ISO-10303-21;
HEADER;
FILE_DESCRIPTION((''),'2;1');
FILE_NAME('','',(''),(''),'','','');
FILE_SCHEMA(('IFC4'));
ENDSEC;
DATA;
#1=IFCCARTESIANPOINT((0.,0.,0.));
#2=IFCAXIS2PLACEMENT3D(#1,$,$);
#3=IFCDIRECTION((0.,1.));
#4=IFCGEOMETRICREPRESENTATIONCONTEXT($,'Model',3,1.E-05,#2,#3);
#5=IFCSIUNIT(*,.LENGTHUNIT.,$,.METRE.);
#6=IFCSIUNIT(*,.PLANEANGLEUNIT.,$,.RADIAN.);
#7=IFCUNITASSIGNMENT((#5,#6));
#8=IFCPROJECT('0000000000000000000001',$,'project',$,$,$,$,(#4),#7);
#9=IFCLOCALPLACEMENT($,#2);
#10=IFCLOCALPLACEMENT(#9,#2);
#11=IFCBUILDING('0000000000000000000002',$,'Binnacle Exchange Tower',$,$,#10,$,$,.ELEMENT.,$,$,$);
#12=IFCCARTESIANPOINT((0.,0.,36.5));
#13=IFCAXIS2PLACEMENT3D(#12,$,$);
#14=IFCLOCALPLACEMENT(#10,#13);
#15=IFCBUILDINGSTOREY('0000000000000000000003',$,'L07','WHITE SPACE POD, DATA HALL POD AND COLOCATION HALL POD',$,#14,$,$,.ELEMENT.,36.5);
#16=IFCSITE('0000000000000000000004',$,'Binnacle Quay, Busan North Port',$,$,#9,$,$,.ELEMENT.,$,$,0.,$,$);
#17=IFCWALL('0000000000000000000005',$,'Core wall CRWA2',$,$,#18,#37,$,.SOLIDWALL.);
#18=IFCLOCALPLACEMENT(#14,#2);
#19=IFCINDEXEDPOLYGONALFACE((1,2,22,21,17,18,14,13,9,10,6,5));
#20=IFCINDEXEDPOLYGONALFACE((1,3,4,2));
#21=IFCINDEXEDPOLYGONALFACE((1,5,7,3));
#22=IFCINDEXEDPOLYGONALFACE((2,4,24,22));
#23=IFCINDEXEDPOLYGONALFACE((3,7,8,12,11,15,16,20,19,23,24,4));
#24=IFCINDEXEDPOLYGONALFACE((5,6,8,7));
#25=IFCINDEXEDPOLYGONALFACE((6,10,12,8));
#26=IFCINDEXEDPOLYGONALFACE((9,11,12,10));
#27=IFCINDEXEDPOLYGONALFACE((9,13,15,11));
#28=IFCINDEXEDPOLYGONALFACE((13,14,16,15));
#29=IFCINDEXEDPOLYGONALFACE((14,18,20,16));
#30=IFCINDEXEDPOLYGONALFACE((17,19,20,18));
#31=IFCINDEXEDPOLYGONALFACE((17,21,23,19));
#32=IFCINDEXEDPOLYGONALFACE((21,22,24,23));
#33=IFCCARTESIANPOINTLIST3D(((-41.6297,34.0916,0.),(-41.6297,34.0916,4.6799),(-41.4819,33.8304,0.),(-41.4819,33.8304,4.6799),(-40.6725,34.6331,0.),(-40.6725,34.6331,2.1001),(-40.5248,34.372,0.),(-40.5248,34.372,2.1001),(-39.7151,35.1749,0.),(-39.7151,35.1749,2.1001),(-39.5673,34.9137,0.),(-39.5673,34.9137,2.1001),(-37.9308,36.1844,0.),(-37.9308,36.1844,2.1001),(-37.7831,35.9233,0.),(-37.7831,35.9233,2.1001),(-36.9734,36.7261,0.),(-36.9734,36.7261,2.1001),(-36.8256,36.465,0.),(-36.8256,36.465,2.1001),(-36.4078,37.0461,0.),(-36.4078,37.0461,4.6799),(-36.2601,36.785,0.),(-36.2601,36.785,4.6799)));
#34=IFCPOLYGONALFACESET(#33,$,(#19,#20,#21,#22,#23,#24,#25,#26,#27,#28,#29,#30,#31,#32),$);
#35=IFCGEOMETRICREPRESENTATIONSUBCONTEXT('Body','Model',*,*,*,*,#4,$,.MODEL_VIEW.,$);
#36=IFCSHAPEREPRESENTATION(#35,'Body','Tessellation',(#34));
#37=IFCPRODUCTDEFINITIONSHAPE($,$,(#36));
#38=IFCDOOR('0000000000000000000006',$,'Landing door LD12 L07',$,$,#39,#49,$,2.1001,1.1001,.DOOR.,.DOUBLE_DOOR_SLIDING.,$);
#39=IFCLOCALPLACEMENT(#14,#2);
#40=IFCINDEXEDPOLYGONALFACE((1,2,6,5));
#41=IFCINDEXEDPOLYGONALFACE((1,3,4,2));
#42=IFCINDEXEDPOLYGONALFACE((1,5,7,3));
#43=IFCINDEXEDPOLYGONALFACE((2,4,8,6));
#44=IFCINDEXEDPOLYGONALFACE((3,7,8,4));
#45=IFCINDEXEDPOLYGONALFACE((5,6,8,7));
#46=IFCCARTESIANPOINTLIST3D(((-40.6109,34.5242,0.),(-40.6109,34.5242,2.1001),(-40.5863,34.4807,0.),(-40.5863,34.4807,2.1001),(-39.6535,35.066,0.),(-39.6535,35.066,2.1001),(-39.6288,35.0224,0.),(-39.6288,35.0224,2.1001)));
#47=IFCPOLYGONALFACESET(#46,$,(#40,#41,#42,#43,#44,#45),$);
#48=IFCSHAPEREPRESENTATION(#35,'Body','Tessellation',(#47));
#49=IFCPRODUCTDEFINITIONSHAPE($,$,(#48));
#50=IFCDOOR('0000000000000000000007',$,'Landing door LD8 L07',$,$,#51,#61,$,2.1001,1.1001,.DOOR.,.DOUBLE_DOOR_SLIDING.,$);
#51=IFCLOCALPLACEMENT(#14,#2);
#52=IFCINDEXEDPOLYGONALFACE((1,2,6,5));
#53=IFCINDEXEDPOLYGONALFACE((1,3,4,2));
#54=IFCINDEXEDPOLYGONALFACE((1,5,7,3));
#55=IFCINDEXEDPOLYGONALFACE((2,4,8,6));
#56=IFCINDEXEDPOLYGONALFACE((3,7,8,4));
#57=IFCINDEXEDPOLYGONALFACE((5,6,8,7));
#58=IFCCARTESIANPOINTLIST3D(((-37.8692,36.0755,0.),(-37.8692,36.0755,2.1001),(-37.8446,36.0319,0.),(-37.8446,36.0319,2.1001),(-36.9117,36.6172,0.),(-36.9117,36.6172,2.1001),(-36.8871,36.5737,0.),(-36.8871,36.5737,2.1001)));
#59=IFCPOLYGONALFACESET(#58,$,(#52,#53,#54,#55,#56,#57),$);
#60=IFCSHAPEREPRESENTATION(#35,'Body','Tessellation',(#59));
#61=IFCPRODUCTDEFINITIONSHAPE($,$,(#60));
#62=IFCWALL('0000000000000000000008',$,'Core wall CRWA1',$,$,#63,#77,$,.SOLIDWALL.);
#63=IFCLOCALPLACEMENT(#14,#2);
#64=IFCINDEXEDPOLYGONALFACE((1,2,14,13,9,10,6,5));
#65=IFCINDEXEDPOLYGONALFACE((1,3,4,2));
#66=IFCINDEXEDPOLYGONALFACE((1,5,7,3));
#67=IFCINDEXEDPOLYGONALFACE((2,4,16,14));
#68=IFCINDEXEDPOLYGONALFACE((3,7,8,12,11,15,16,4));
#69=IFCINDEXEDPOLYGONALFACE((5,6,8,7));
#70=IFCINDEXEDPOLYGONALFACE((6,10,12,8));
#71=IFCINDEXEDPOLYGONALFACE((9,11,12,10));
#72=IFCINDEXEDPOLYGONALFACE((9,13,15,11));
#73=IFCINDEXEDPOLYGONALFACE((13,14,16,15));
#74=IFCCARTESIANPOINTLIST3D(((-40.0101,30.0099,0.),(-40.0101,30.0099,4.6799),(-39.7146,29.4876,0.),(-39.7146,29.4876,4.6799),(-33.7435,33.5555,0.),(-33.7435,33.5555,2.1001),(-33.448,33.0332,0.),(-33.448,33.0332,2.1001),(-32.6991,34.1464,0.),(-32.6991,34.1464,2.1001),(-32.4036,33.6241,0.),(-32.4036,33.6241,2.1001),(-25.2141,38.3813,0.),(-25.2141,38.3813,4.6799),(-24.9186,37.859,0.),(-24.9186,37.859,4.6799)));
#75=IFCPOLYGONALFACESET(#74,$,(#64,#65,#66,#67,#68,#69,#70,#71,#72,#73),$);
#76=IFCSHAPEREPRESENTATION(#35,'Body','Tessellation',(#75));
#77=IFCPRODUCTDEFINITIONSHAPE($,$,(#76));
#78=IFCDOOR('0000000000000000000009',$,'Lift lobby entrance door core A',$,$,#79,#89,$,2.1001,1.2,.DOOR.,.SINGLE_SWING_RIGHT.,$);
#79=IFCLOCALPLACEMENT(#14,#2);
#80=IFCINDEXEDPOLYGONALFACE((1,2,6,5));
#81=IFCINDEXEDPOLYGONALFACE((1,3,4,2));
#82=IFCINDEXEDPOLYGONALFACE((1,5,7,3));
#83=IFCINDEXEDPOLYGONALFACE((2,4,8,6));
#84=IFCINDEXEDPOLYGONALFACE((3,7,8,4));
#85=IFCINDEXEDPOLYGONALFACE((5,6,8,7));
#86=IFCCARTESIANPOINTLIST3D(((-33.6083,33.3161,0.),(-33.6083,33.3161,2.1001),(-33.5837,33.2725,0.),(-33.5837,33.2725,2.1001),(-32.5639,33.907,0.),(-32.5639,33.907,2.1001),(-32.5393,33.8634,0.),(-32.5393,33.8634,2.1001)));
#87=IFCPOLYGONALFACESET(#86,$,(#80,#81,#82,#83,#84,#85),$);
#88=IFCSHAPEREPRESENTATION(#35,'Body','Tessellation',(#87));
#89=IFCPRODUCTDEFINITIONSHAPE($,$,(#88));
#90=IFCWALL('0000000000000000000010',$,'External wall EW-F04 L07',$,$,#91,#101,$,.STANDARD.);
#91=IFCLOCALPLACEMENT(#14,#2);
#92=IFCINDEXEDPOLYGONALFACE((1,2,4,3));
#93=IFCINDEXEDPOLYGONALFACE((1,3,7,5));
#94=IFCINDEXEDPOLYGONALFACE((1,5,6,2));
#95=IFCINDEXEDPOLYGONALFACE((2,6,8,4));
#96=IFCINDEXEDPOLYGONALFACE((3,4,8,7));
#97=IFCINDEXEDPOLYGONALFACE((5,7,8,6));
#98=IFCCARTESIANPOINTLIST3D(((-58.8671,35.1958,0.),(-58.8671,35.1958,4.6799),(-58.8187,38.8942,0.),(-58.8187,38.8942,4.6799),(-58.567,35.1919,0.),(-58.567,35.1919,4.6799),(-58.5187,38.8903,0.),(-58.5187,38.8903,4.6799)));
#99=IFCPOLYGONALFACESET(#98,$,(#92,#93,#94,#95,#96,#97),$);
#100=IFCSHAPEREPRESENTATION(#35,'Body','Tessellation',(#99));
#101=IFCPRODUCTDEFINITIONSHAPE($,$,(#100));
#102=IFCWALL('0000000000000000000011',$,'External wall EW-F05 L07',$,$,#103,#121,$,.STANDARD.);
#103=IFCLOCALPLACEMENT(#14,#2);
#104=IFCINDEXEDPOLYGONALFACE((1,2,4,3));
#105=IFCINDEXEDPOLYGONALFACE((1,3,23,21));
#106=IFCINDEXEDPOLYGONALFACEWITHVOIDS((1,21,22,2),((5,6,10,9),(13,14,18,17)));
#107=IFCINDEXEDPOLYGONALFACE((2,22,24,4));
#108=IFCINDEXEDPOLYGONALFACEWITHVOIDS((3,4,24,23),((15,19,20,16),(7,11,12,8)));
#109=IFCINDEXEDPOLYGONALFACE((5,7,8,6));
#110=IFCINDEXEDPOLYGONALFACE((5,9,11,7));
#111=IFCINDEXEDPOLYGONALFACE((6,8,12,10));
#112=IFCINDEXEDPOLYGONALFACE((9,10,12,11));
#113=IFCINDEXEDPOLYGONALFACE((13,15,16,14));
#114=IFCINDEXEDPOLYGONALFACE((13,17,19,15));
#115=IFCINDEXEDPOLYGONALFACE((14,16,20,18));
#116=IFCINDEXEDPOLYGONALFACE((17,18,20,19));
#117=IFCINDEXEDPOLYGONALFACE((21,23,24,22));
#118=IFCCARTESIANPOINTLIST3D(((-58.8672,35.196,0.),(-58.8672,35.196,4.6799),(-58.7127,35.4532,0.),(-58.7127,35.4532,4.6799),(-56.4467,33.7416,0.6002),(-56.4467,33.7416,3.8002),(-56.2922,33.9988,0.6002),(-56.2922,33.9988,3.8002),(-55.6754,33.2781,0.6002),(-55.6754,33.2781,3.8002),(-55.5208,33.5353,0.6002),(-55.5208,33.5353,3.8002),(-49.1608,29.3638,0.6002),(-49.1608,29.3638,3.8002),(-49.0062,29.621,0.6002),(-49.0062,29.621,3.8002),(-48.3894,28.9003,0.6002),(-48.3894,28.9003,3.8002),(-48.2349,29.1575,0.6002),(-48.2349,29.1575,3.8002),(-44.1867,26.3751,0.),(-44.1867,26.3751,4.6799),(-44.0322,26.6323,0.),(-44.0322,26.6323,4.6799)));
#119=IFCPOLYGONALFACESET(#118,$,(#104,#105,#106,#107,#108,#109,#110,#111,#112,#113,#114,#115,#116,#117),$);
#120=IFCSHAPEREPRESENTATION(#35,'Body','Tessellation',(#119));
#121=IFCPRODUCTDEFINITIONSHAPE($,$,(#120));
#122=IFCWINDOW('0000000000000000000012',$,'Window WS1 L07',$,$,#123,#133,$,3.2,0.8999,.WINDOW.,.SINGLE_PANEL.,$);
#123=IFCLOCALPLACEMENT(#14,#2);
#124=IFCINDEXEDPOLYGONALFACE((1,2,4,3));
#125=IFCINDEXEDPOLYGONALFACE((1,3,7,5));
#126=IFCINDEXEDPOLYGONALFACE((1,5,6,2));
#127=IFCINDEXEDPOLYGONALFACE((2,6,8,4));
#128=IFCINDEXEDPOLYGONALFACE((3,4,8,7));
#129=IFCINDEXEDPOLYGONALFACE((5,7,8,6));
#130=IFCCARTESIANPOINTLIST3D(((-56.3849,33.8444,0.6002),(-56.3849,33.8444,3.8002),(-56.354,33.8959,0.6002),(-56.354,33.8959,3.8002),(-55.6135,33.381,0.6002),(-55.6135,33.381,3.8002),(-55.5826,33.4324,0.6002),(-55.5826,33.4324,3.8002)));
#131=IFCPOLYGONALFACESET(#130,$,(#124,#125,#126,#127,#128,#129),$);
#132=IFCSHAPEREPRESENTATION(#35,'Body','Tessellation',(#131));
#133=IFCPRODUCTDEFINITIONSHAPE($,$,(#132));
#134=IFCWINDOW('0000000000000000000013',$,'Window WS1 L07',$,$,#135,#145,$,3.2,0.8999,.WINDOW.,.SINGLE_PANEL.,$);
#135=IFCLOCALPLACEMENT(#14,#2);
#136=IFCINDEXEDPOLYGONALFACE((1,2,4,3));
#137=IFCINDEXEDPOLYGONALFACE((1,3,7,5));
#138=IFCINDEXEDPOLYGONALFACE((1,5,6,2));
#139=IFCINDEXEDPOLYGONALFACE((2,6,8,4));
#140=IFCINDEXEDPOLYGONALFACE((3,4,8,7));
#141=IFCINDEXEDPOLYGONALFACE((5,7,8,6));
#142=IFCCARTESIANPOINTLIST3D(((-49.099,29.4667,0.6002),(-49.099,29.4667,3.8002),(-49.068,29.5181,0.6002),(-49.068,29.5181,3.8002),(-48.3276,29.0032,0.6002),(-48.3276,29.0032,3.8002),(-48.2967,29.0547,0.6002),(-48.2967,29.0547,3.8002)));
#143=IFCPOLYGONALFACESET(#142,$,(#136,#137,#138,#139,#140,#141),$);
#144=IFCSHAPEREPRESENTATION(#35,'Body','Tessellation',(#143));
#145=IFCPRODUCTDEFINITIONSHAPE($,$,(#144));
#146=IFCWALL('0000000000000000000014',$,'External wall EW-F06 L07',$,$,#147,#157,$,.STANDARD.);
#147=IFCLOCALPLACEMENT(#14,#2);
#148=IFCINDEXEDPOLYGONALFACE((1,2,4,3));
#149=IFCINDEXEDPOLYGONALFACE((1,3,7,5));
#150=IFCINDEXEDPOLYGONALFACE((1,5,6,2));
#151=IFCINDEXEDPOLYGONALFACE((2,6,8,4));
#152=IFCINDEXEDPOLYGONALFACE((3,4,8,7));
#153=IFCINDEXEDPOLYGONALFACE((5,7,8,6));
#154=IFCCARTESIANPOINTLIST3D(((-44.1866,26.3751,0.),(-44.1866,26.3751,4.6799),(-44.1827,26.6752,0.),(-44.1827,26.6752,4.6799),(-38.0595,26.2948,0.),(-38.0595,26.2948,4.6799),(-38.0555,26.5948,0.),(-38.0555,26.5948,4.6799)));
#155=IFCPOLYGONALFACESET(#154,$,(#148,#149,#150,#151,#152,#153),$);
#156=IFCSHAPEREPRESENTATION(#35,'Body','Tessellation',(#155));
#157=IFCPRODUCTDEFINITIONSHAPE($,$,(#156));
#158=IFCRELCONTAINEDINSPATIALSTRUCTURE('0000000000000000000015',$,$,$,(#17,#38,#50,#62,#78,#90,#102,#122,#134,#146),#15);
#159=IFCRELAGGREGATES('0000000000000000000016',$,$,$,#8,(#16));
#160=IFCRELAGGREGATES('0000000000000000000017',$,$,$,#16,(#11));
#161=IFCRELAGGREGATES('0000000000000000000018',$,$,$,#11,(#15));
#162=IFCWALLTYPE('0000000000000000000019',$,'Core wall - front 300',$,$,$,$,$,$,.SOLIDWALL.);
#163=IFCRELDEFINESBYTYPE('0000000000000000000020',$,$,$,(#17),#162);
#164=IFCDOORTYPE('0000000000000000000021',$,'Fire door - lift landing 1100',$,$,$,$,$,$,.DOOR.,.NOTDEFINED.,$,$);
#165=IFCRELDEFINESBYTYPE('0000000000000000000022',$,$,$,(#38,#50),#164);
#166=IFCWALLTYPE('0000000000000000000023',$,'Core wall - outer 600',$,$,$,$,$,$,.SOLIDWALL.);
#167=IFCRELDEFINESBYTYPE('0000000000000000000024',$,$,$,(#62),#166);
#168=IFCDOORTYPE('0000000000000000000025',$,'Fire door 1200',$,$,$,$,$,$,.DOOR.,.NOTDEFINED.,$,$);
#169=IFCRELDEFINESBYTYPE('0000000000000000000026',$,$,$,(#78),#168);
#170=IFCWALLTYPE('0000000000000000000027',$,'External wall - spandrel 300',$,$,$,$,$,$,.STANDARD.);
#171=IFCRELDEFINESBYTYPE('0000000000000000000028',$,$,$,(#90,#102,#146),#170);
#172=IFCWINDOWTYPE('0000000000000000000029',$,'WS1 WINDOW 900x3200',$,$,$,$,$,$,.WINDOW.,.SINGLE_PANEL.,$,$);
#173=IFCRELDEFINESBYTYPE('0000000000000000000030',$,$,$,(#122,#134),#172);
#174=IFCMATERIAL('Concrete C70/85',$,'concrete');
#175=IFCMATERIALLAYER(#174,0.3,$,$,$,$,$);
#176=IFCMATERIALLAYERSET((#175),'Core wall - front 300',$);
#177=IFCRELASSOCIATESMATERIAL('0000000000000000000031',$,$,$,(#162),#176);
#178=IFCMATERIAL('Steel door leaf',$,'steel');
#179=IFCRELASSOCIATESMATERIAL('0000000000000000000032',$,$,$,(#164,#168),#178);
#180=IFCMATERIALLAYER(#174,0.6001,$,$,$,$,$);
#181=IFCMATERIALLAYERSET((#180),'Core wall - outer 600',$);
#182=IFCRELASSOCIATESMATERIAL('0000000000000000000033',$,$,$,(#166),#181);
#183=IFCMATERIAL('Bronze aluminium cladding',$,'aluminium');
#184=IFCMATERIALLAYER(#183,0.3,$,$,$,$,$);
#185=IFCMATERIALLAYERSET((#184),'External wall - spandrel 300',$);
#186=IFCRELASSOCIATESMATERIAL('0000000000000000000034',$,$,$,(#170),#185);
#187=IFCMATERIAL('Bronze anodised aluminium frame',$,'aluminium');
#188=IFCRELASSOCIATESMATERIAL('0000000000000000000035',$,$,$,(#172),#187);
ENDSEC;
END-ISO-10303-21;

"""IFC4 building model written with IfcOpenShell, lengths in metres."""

from ifc_helpers import new_model, si_unit, direction, frame, frame_2d, origin, place, context, subcontext, project, spatial, rectangle, extrude, material, layer, layer_set, type_object, element, fill, save


model = new_model("IFC4")

# Units and contexts
model_context = context("Model", 3, precision=1e-05, world=origin(), true_north=direction((0.0, 1.0)))
body_context = subcontext(model_context, "Body", "Model", "MODEL_VIEW")
ifc_project = project(units=[si_unit("LENGTHUNIT", "METRE"), si_unit("PLANEANGLEUNIT", "RADIAN")], contexts=[model_context])

# Site, building, storey
site_placement = place(None, origin())
site = spatial("IfcSite", under=ifc_project, at=site_placement, Name="Binnacle Quay, Busan North Port", CompositionType="ELEMENT", RefElevation=0.0)
building_placement = place(site_placement, origin())
building = spatial("IfcBuilding", under=site, at=building_placement, Name="Binnacle Exchange Tower", CompositionType="ELEMENT")
storey_placement = place(building_placement, frame((0.0, 0.0, 36.5)))
storey = spatial("IfcBuildingStorey", under=building, at=storey_placement, Name="L07", Description="WHITE SPACE POD, DATA HALL POD AND COLOCATION HALL POD", CompositionType="ELEMENT", Elevation=36.5)

# Shared definitions
ifc_material_1 = material(Name="Concrete C70/85", Category="concrete")

# Wall, openings, doors
ifc_layer_1 = layer(ifc_material_1, 0.3)
ifc_layer_set_1 = layer_set([ifc_layer_1], Name="Core wall - front 300")
wall_type_1 = type_object("IfcWallType", Name="Core wall - front 300", PredefinedType="SOLIDWALL", material=ifc_layer_set_1)
wall_1_placement = place(storey_placement, frame((-41.5559, 33.9609, 0.0), z_axis=(0.0, 0.0, 1.0), x_axis=(0.870344, 0.492445, 0.0)))
wall_1 = element("IfcWall", 1, at=wall_1_placement, inside=storey, type_object=wall_type_1, Name="Core wall CRWA2", PredefinedType="SOLIDWALL", context=body_context, shape_type="SweptSolid", body=[
    extrude(rectangle(XDim=5.9998, YDim=0.3, at=frame_2d((3.0, 0.0))), origin(), (0.0, 0.0, 1.0), 4.6799),
])
opening_1_placement = place(wall_1_placement, frame((1.0999, 0.0, 0.0)))
opening_1 = element("IfcOpeningElement", 2, at=opening_1_placement, cuts=wall_1, PredefinedType="OPENING", context=body_context, shape_type="SweptSolid", body=[
    extrude(rectangle(XDim=1.1001, YDim=2.1001, at=frame_2d((0.55, 1.05))), frame((0.0, 0.1599, 0.0), z_axis=(0.0, -1.0, 0.0), x_axis=(1.0, 0.0, 0.0)), (0.0, 0.0, 1.0), 0.3201),
])
opening_2_placement = place(wall_1_placement, frame((4.25, 0.0, 0.0)))
opening_2 = element("IfcOpeningElement", 3, at=opening_2_placement, cuts=wall_1, PredefinedType="OPENING", context=body_context, shape_type="SweptSolid", body=[
    extrude(rectangle(XDim=1.1001, YDim=2.1001, at=frame_2d((0.55, 1.05))), frame((0.0, 0.1599, 0.0), z_axis=(0.0, -1.0, 0.0), x_axis=(1.0, 0.0, 0.0)), (0.0, 0.0, 1.0), 0.3201),
])
ifc_material_2 = material(Name="Steel door leaf", Category="steel")
door_type_1 = type_object("IfcDoorType", Name="Fire door - lift landing 1100", OperationType="NOTDEFINED", PredefinedType="DOOR", material=ifc_material_2)
door_1_placement = place(opening_1_placement, origin())
door_1 = element("IfcDoor", 4, at=door_1_placement, inside=storey, type_object=door_type_1, Name="Landing door LD12 L07", OperationType="DOUBLE_DOOR_SLIDING", OverallHeight=2.1001, OverallWidth=1.1001, PredefinedType="DOOR", context=body_context, shape_type="SweptSolid", body=[
    extrude(rectangle(XDim=1.1001, YDim=2.1001, at=frame_2d((0.55, 1.05))), frame((0.0, 0.0249, 0.0), z_axis=(0.0, -1.0, 0.0), x_axis=(1.0, 0.0, 0.0)), (0.0, 0.0, 1.0), 0.05),
])
fill(opening_1, door_1)
door_2_placement = place(opening_2_placement, origin())
door_2 = element("IfcDoor", 5, at=door_2_placement, inside=storey, type_object=door_type_1, Name="Landing door LD8 L07", OperationType="DOUBLE_DOOR_SLIDING", OverallHeight=2.1001, OverallWidth=1.1001, PredefinedType="DOOR", context=body_context, shape_type="SweptSolid", body=[
    extrude(rectangle(XDim=1.1001, YDim=2.1001, at=frame_2d((0.55, 1.05))), frame((0.0, 0.0249, 0.0), z_axis=(0.0, -1.0, 0.0), x_axis=(1.0, 0.0, 0.0)), (0.0, 0.0, 1.0), 0.05),
])
fill(opening_2, door_2)

# Wall, opening, door
ifc_layer_2 = layer(ifc_material_1, 0.6001)
ifc_layer_set_2 = layer_set([ifc_layer_2], Name="Core wall - outer 600")
wall_type_2 = type_object("IfcWallType", Name="Core wall - outer 600", PredefinedType="SOLIDWALL", material=ifc_layer_set_2)
wall_2_placement = place(storey_placement, frame((-39.8623, 29.7488, 0.0), z_axis=(0.0, 0.0, 1.0), x_axis=(0.87035, 0.492433, 0.0)))
wall_2 = element("IfcWall", 6, at=wall_2_placement, inside=storey, type_object=wall_type_2, Name="Core wall CRWA1", PredefinedType="SOLIDWALL", context=body_context, shape_type="SweptSolid", body=[
    extrude(rectangle(XDim=17.0, YDim=0.6001, at=frame_2d((8.5, 0.0))), origin(), (0.0, 0.0, 1.0), 4.6799),
])
opening_3_placement = place(wall_2_placement, frame((7.2, 0.0, 0.0)))
opening_3 = element("IfcOpeningElement", 7, at=opening_3_placement, cuts=wall_2, PredefinedType="OPENING", context=body_context, shape_type="SweptSolid", body=[
    extrude(rectangle(XDim=1.2, YDim=2.1001, at=frame_2d((0.6001, 1.05))), frame((0.0, 0.3101, 0.0), z_axis=(0.0, -1.0, 0.0), x_axis=(1.0, 0.0, 0.0)), (0.0, 0.0, 1.0), 0.6201),
])
door_type_2 = type_object("IfcDoorType", Name="Fire door 1200", OperationType="NOTDEFINED", PredefinedType="DOOR", material=ifc_material_2)
door_3_placement = place(opening_3_placement, frame((1.2, 0.0, 0.0), z_axis=(0.0, 0.0, 1.0), x_axis=(-1.0, 0.0, 0.0)))
door_3 = element("IfcDoor", 8, at=door_3_placement, inside=storey, type_object=door_type_2, Name="Lift lobby entrance door core A", OperationType="SINGLE_SWING_RIGHT", OverallHeight=2.1001, OverallWidth=1.2, PredefinedType="DOOR", context=body_context, shape_type="SweptSolid", body=[
    extrude(rectangle(XDim=1.2, YDim=2.1001, at=frame_2d((0.6001, 1.05))), frame((0.0, 0.0249, 0.0), z_axis=(0.0, -1.0, 0.0), x_axis=(1.0, 0.0, 0.0)), (0.0, 0.0, 1.0), 0.05),
])
fill(opening_3, door_3)

# Wall
ifc_material_3 = material(Name="Bronze aluminium cladding", Category="aluminium")
ifc_layer_3 = layer(ifc_material_3, 0.3)
ifc_layer_set_3 = layer_set([ifc_layer_3], Name="External wall - spandrel 300")
wall_type_3 = type_object("IfcWallType", Name="External wall - spandrel 300", PredefinedType="STANDARD", material=ifc_layer_set_3)
wall_3_placement = place(storey_placement, frame((-58.717, 35.1938, 0.0), z_axis=(0.0, 0.0, 1.0), x_axis=(0.013069, 0.999915, 0.0)))
element("IfcWall", 9, at=wall_3_placement, inside=storey, type_object=wall_type_3, Name="External wall EW-F04 L07", PredefinedType="STANDARD", context=body_context, shape_type="SweptSolid", body=[
    extrude(rectangle(XDim=3.6987, YDim=0.3, at=frame_2d((1.8494, 0.0))), origin(), (0.0, 0.0, 1.0), 4.6799),
])

# Wall, openings, windows
wall_4_placement = place(storey_placement, frame((-44.1094, 26.5037, 0.0), z_axis=(0.0, 0.0, 1.0), x_axis=(-0.85717, 0.515034, 0.0)))
wall_4 = element("IfcWall", 10, at=wall_4_placement, inside=storey, type_object=wall_type_3, Name="External wall EW-F05 L07", PredefinedType="STANDARD", context=body_context, shape_type="SweptSolid", body=[
    extrude(rectangle(XDim=17.1267, YDim=0.3, at=frame_2d((8.5635, 0.0))), origin(), (0.0, 0.0, 1.0), 4.6799),
])
opening_4_placement = place(wall_4_placement, frame((13.4031, 0.0, 0.6001)))
opening_4 = element("IfcOpeningElement", 11, at=opening_4_placement, cuts=wall_4, PredefinedType="OPENING", context=body_context, shape_type="SweptSolid", body=[
    extrude(rectangle(XDim=0.8999, YDim=3.2, at=frame_2d((0.45, 1.6001))), frame((0.0, 0.1599, 0.0), z_axis=(0.0, -1.0, 0.0), x_axis=(1.0, 0.0, 0.0)), (0.0, 0.0, 1.0), 0.3201),
])
opening_5_placement = place(wall_4_placement, frame((4.9031, 0.0, 0.6001)))
opening_5 = element("IfcOpeningElement", 12, at=opening_5_placement, cuts=wall_4, PredefinedType="OPENING", context=body_context, shape_type="SweptSolid", body=[
    extrude(rectangle(XDim=0.8999, YDim=3.2, at=frame_2d((0.45, 1.6001))), frame((0.0, 0.1599, 0.0), z_axis=(0.0, -1.0, 0.0), x_axis=(1.0, 0.0, 0.0)), (0.0, 0.0, 1.0), 0.3201),
])
ifc_material_4 = material(Name="Bronze anodised aluminium frame", Category="aluminium")
window_type = type_object("IfcWindowType", Name="WS1 WINDOW 900x3200", PartitioningType="SINGLE_PANEL", PredefinedType="WINDOW", material=ifc_material_4)
window_1_placement = place(opening_4_placement, origin())
window_1 = element("IfcWindow", 13, at=window_1_placement, inside=storey, type_object=window_type, Name="Window WS1 L07", OverallHeight=3.2, OverallWidth=0.8999, PartitioningType="SINGLE_PANEL", PredefinedType="WINDOW", context=body_context, shape_type="SweptSolid", body=[
    extrude(rectangle(XDim=0.8999, YDim=3.2, at=frame_2d((0.45, 1.6001))), frame((0.0, 0.03, 0.0), z_axis=(0.0, -1.0, 0.0), x_axis=(1.0, 0.0, 0.0)), (0.0, 0.0, 1.0), 0.0601),
])
fill(opening_4, window_1)
window_2_placement = place(opening_5_placement, origin())
window_2 = element("IfcWindow", 14, at=window_2_placement, inside=storey, type_object=window_type, Name="Window WS1 L07", OverallHeight=3.2, OverallWidth=0.8999, PartitioningType="SINGLE_PANEL", PredefinedType="WINDOW", context=body_context, shape_type="SweptSolid", body=[
    extrude(rectangle(XDim=0.8999, YDim=3.2, at=frame_2d((0.45, 1.6001))), frame((0.0, 0.03, 0.0), z_axis=(0.0, -1.0, 0.0), x_axis=(1.0, 0.0, 0.0)), (0.0, 0.0, 1.0), 0.0601),
])
fill(opening_5, window_2)

# Wall
wall_5_placement = place(storey_placement, frame((-38.0574, 26.4448, 0.0), z_axis=(0.0, 0.0, 1.0), x_axis=(-0.999914, 0.013108, 0.0)))
element("IfcWall", 15, at=wall_5_placement, inside=storey, type_object=wall_type_3, Name="External wall EW-F06 L07", PredefinedType="STANDARD", context=body_context, shape_type="SweptSolid", body=[
    extrude(rectangle(XDim=6.1277, YDim=0.3, at=frame_2d((3.064, 0.0))), origin(), (0.0, 0.0, 1.0), 4.6799),
])

save(model, "model.ifc")
